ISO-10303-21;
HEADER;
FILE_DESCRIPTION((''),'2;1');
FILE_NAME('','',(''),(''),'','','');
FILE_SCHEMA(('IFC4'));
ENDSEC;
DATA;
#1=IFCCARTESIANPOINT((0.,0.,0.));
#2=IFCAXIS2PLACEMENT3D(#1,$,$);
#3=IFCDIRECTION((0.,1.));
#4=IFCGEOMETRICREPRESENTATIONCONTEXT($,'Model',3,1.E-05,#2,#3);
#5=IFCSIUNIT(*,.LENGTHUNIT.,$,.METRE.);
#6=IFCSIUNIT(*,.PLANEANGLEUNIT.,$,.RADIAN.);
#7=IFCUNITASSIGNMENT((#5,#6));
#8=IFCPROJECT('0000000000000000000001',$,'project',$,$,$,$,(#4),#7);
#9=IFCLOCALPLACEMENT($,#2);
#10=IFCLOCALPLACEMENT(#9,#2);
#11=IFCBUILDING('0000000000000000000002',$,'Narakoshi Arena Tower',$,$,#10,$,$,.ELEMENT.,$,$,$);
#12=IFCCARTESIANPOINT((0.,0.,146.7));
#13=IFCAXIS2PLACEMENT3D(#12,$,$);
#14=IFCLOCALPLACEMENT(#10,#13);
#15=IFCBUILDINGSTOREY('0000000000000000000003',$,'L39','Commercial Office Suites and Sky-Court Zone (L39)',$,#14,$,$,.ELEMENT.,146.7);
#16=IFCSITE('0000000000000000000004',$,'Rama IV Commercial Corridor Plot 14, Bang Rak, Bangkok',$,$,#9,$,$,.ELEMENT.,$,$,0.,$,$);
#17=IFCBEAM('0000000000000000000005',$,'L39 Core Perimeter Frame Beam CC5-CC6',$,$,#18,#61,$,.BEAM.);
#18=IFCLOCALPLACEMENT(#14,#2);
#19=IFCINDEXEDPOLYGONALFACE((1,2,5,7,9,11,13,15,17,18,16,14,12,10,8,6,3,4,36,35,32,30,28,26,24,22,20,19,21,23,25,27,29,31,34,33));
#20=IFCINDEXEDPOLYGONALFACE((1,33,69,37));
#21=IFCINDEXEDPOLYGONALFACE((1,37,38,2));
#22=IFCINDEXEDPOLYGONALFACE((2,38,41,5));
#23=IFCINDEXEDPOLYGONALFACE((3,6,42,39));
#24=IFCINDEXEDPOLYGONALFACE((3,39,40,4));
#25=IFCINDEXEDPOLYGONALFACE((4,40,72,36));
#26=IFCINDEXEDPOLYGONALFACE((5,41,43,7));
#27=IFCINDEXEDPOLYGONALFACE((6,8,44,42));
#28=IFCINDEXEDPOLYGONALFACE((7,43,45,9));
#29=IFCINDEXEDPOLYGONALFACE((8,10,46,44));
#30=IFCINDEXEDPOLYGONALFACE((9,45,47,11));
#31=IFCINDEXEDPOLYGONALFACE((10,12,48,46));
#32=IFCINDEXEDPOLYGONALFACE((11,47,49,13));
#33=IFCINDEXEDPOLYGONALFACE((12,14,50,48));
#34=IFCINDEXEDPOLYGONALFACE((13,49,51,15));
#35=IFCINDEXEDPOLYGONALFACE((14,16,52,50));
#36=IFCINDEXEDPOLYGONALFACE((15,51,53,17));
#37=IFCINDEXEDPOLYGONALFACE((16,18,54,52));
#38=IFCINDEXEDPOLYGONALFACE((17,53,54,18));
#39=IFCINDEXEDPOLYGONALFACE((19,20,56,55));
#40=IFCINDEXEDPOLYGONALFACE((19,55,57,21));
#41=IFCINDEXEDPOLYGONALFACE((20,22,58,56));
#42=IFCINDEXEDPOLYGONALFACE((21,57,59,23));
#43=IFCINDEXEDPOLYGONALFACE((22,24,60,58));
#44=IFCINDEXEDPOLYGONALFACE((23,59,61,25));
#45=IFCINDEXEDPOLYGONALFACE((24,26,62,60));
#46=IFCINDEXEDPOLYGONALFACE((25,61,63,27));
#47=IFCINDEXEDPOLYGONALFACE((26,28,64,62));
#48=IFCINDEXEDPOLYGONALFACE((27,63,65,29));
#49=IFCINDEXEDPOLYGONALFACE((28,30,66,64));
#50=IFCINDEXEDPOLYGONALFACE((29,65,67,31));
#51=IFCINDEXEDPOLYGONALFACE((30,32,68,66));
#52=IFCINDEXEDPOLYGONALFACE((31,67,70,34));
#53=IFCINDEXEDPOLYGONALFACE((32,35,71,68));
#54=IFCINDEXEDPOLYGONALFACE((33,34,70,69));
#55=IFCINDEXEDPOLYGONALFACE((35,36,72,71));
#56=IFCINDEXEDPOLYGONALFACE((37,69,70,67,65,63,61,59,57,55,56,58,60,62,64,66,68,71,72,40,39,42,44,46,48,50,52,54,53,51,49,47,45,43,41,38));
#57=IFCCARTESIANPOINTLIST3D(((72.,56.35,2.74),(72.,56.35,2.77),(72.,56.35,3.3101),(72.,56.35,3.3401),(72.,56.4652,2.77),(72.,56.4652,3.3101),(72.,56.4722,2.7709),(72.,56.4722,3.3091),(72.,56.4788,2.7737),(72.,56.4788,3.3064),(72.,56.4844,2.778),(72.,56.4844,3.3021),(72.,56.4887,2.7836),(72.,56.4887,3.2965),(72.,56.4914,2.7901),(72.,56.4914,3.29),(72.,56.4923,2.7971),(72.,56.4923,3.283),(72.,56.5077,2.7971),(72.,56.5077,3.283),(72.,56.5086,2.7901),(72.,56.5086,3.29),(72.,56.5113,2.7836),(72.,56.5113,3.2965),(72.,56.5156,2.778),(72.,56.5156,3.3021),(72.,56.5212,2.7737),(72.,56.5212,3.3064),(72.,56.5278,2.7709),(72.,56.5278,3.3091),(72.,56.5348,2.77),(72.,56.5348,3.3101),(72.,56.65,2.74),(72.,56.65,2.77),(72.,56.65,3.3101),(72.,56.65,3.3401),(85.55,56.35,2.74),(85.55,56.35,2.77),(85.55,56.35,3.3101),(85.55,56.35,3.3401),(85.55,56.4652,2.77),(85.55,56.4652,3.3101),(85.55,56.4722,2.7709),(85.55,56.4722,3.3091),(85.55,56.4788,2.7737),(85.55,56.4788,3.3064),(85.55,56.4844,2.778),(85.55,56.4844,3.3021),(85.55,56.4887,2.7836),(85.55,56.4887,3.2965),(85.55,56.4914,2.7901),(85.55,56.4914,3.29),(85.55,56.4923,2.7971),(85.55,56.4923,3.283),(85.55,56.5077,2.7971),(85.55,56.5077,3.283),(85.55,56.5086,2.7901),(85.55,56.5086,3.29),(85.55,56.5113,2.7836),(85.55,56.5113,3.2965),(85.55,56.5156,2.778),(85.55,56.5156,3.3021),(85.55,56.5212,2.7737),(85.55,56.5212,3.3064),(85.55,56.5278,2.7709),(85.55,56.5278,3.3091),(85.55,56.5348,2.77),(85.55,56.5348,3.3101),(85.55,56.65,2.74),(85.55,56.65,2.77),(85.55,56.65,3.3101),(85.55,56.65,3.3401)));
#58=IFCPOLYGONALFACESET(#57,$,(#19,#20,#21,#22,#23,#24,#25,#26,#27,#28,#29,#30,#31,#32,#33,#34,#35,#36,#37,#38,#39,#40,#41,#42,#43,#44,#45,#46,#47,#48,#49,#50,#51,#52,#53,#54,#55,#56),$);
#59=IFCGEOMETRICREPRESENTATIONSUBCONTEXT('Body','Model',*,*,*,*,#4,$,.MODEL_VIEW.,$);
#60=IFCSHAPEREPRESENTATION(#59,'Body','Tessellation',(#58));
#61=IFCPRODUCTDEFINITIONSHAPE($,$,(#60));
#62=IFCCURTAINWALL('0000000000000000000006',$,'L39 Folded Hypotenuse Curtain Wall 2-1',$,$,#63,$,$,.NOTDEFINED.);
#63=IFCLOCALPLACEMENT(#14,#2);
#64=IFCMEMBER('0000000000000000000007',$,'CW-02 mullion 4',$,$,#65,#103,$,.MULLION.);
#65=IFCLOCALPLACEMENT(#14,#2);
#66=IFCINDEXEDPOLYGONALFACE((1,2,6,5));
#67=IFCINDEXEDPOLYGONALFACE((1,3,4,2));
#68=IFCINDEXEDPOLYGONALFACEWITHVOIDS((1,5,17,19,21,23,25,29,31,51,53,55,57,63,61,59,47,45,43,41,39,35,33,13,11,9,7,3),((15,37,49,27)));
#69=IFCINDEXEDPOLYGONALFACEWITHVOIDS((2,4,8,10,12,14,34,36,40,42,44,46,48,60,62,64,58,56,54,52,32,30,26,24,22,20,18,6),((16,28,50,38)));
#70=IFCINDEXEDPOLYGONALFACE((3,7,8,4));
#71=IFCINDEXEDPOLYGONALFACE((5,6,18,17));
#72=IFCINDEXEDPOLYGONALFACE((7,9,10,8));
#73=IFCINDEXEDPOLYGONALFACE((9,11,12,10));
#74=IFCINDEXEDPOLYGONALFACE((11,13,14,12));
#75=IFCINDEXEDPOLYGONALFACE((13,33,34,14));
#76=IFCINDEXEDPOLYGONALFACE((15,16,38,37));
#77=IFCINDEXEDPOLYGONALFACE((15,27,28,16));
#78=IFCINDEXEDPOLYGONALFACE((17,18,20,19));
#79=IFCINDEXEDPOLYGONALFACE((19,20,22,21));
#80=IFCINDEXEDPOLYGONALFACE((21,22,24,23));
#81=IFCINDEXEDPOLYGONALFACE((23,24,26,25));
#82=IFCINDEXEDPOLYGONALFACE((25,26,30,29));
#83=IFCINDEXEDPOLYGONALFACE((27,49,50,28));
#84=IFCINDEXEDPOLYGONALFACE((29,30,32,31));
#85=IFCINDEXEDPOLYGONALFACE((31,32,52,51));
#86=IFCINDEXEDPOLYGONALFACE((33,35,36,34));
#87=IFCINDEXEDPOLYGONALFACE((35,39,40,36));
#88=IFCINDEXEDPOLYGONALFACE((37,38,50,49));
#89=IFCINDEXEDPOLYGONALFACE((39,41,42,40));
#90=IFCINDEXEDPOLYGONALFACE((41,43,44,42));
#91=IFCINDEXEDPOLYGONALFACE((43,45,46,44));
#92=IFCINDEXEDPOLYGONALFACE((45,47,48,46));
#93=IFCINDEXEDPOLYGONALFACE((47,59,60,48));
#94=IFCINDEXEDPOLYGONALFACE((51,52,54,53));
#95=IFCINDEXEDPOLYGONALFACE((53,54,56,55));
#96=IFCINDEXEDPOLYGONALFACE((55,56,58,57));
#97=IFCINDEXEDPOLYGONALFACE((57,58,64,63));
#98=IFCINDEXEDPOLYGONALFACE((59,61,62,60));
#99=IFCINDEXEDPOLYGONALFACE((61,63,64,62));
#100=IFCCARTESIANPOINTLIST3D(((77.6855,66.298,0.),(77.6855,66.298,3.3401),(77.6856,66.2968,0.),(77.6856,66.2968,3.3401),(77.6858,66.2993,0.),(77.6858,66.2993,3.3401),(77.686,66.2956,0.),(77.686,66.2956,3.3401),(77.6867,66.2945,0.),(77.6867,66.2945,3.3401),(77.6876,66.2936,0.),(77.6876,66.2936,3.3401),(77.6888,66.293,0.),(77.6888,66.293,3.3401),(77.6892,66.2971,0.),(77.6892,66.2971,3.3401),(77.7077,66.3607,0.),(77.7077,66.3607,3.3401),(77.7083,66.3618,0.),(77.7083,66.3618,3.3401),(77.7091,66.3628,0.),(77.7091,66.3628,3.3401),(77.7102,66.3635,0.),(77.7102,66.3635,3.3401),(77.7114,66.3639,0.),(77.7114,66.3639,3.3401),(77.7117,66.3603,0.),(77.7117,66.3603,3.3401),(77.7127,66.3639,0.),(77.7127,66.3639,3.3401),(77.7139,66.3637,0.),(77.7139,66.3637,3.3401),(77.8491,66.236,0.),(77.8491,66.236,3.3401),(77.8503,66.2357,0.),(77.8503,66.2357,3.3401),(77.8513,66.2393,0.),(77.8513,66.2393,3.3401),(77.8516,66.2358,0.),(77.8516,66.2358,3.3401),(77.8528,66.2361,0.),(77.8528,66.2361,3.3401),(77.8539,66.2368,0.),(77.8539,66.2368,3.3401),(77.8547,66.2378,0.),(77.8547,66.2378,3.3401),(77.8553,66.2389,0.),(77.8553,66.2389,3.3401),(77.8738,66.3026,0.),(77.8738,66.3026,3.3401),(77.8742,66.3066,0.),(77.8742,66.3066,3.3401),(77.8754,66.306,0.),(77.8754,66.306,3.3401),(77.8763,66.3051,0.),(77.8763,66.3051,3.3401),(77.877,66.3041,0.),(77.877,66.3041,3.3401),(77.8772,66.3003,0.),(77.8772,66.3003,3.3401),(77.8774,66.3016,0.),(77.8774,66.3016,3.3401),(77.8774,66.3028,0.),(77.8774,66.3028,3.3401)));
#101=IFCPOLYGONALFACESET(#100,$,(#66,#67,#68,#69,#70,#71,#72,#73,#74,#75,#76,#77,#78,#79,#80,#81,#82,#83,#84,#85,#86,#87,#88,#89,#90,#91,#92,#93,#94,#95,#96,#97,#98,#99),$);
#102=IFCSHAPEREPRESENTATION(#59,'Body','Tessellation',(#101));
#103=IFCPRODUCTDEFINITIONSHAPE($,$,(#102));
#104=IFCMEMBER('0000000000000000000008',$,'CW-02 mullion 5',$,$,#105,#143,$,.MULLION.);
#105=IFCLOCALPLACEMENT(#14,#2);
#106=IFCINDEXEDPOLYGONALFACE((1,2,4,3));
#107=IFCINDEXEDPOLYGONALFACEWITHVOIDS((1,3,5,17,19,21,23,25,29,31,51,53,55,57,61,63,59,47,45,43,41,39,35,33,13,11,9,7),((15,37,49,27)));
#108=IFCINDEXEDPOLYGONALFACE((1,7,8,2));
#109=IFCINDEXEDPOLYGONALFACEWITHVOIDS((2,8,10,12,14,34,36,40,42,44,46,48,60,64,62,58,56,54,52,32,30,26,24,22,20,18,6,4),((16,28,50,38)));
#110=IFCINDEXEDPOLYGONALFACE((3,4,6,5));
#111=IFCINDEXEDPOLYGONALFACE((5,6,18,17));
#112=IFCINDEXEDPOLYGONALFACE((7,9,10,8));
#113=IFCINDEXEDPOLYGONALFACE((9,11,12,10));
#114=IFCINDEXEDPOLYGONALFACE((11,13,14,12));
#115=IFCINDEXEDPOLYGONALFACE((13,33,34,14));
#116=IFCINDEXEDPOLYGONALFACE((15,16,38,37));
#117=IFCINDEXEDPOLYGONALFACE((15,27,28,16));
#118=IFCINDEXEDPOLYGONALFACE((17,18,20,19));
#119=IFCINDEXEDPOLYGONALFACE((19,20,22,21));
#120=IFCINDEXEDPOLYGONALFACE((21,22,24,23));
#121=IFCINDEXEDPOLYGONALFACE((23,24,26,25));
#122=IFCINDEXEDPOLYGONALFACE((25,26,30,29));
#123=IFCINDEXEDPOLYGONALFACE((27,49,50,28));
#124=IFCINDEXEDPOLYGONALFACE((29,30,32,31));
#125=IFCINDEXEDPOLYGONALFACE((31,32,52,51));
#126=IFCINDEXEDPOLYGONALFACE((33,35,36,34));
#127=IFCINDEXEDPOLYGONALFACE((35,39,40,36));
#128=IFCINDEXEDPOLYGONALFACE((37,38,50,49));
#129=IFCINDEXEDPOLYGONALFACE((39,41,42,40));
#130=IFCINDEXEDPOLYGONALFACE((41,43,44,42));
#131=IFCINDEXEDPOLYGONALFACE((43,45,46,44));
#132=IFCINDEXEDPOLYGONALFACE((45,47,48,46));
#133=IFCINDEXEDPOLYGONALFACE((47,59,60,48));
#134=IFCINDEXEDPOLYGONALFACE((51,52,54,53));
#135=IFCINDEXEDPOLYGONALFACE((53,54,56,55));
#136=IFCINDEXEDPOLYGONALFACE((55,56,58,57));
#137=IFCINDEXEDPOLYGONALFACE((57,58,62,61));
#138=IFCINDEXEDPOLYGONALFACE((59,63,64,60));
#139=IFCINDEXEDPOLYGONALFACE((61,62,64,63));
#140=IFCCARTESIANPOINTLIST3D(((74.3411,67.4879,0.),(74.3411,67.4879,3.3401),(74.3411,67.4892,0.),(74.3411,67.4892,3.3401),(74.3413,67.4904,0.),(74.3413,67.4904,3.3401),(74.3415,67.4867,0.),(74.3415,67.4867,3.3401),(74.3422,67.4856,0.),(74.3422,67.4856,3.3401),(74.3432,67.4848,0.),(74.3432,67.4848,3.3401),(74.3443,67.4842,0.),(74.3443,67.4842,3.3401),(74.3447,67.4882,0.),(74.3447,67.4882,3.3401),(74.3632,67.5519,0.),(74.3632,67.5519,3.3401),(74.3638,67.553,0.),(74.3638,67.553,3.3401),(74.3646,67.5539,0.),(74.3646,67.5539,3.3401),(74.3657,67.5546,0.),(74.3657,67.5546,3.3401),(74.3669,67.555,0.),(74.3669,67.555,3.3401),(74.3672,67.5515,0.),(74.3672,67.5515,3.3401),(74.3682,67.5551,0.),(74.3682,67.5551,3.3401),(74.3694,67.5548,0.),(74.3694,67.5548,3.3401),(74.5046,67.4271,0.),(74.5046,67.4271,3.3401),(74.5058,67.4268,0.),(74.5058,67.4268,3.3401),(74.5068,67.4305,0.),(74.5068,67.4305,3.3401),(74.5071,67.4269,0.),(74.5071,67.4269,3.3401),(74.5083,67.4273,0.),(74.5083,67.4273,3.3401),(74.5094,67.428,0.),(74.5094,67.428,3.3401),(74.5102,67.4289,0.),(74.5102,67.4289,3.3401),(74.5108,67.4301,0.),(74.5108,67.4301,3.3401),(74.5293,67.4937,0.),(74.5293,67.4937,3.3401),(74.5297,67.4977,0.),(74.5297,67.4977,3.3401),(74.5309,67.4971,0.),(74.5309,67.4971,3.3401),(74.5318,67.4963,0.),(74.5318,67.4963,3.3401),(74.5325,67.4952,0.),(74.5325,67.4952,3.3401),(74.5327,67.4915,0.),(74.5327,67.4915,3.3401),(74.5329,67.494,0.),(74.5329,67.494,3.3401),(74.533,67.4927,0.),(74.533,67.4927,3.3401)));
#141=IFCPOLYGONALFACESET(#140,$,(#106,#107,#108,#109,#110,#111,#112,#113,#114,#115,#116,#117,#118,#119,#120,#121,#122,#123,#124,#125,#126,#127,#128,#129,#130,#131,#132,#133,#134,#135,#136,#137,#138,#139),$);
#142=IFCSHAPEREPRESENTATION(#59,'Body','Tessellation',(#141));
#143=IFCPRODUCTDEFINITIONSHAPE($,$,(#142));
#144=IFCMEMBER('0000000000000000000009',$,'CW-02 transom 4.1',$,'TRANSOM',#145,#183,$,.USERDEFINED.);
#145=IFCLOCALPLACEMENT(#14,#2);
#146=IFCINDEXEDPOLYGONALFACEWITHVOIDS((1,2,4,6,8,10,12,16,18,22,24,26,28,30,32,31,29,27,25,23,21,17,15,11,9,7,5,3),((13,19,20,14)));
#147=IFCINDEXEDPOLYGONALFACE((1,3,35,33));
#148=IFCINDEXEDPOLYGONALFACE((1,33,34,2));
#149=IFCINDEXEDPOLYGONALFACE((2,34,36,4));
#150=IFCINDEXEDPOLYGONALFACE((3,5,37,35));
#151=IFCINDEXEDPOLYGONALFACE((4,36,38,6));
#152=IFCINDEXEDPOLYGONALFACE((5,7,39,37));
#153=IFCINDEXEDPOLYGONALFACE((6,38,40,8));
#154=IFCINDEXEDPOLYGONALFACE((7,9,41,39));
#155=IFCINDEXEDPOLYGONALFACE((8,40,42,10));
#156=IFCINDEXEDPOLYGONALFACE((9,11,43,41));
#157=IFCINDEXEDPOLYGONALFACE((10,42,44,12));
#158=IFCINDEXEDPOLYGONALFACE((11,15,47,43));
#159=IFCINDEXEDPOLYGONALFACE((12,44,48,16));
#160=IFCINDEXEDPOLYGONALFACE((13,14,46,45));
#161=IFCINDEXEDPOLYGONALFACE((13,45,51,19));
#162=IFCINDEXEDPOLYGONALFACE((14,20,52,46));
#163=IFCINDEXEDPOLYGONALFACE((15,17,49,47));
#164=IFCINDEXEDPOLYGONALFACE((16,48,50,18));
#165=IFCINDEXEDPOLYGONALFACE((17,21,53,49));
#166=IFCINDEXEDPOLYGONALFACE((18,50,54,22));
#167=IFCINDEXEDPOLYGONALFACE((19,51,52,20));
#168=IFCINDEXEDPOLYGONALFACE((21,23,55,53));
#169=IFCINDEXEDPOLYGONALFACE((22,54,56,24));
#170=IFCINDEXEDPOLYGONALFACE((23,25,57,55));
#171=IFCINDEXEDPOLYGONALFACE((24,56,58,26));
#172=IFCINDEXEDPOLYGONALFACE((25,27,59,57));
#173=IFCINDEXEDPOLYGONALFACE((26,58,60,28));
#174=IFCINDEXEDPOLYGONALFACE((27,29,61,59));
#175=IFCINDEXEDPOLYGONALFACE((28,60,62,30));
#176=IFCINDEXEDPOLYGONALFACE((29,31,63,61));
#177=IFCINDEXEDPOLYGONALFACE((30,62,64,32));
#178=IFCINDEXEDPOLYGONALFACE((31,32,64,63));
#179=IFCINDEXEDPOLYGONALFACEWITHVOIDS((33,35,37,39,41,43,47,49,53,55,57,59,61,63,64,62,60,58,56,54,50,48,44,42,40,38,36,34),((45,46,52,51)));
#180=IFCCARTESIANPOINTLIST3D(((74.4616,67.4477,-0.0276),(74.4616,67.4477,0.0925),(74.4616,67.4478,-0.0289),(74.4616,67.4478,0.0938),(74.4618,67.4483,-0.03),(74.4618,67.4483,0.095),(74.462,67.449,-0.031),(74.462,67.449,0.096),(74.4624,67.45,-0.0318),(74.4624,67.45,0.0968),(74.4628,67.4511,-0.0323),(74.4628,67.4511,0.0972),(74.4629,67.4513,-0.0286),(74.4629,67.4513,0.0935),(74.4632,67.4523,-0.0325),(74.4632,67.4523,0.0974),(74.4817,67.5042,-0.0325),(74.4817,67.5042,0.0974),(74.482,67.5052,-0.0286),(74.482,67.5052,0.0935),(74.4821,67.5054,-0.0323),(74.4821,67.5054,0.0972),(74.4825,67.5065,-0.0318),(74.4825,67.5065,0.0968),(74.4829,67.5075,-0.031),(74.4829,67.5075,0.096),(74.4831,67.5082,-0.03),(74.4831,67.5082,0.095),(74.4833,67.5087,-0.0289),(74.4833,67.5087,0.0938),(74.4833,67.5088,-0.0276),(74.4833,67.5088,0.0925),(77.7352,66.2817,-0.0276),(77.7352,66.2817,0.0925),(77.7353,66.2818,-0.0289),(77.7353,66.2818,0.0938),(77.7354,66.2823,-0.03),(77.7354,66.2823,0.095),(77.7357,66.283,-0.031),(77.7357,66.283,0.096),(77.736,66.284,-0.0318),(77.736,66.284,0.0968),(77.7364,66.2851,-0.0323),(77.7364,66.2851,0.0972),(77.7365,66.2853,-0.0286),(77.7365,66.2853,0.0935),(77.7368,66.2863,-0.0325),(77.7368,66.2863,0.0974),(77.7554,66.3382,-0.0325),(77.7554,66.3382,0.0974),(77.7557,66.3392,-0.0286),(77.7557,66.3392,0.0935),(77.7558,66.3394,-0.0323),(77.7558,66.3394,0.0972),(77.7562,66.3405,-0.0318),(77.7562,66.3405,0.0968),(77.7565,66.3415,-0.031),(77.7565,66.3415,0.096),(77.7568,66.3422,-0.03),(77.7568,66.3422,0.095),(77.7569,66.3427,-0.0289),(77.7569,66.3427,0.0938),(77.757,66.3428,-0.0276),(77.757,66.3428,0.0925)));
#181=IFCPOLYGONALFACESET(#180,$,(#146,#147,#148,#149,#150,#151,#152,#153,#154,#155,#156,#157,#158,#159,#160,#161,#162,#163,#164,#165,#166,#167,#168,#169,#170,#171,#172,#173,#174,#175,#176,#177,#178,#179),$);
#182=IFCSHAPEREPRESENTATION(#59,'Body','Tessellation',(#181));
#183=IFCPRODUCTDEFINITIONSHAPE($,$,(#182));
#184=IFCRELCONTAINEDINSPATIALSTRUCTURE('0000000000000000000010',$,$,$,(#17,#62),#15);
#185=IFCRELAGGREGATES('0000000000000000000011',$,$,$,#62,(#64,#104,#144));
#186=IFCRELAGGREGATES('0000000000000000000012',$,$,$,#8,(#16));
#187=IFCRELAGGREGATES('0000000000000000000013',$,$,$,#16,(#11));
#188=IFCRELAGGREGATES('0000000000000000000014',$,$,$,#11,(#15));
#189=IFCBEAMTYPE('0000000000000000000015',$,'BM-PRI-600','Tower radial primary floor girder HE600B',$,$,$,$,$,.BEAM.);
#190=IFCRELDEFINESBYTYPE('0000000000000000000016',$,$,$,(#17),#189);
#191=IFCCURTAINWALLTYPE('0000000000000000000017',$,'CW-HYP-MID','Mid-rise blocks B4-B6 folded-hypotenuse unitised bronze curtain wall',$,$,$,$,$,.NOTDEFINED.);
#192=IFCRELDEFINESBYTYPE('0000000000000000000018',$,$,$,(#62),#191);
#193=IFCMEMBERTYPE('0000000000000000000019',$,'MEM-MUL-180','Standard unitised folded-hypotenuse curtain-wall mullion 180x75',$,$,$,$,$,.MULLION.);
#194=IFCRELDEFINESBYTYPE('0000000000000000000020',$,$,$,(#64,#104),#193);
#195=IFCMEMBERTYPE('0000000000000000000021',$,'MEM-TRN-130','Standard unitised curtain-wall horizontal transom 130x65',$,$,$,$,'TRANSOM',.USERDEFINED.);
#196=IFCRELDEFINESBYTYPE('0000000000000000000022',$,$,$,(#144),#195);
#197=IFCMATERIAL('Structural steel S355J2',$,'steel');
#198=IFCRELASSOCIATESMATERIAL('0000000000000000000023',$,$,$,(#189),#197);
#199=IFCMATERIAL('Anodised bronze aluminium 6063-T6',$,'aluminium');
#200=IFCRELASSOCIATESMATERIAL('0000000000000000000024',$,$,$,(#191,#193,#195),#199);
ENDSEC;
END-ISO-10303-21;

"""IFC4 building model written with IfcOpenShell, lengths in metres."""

from ifc_helpers import new_model, si_unit, direction, frame, origin, origin_2d, place, context, subcontext, project, spatial, hollow_rectangle, i_section, extrude, material, material_profile, profile_set, type_object, element, aggregate, save


model = new_model("IFC4")

# Units and contexts
model_context = context("Model", 3, precision=1e-05, world=origin(), true_north=direction((0.0, 1.0)))
body_context = subcontext(model_context, "Body", "Model", "MODEL_VIEW")
ifc_project = project(units=[si_unit("LENGTHUNIT", "METRE"), si_unit("PLANEANGLEUNIT", "RADIAN")], contexts=[model_context])

# Site, building, storey
site_placement = place(None, origin())
site = spatial("IfcSite", under=ifc_project, at=site_placement, Name="Rama IV Commercial Corridor Plot 14, Bang Rak, Bangkok", CompositionType="ELEMENT", RefElevation=0.0)
building_placement = place(site_placement, origin())
building = spatial("IfcBuilding", under=site, at=building_placement, Name="Narakoshi Arena Tower", CompositionType="ELEMENT")
storey_placement = place(building_placement, frame((0.0, 0.0, 146.7)))
storey = spatial("IfcBuildingStorey", under=building, at=storey_placement, Name="L39", Description="Commercial Office Suites and Sky-Court Zone (L39)", CompositionType="ELEMENT", Elevation=146.7)

# Beam
ifc_material_1 = material(Name="Structural steel S355J2", Category="steel")
ifc_material_profile_1 = material_profile(ifc_material_1, i_section(OverallWidth=0.3, OverallDepth=0.6001, WebThickness=0.0154, FlangeThickness=0.03, FilletRadius=0.0271, at=origin_2d()), Name="HE600B")
ifc_profile_set_1 = profile_set([ifc_material_profile_1], Name="Structural steel S355J2")
beam_type = type_object("IfcBeamType", Name="BM-PRI-600", Description="Tower radial primary floor girder HE600B", PredefinedType="BEAM", material=ifc_profile_set_1)
beam_placement = place(storey_placement, frame((72.0, 56.5, 3.04), z_axis=(1.0, 0.0, 0.0), x_axis=(0.0, 1.0, 0.0)))
element("IfcBeam", 1, at=beam_placement, inside=storey, type_object=beam_type, Name="L39 Core Perimeter Frame Beam CC5-CC6", PredefinedType="BEAM", context=body_context, shape_type="SweptSolid", body=[
    extrude(i_section(OverallWidth=0.3, OverallDepth=0.6001, WebThickness=0.0154, FlangeThickness=0.03, FilletRadius=0.0271, at=origin_2d()), origin(), (0.0, 0.0, 1.0), 13.55),
])

# Curtain wall, members
ifc_material_2 = material(Name="Anodised bronze aluminium 6063-T6", Category="aluminium")
curtain_wall_type = type_object("IfcCurtainWallType", Name="CW-HYP-MID", Description="Mid-rise blocks B4-B6 folded-hypotenuse unitised bronze curtain wall", PredefinedType="NOTDEFINED", material=ifc_material_2)
curtain_wall_placement = place(storey_placement, origin())
curtain_wall = element("IfcCurtainWall", 2, at=curtain_wall_placement, inside=storey, type_object=curtain_wall_type, Name="L39 Folded Hypotenuse Curtain Wall 2-1", PredefinedType="NOTDEFINED")
ifc_material_profile_2 = material_profile(ifc_material_2, hollow_rectangle(XDim=0.075, YDim=0.1799, WallThickness=0.0039, OuterFilletRadius=0.0049, at=origin_2d()), Name="MUL180x75x4")
ifc_profile_set_2 = profile_set([ifc_material_profile_2], Name="Anodised bronze aluminium 6063-T6")
member_type_1 = type_object("IfcMemberType", Name="MEM-MUL-180", Description="Standard unitised folded-hypotenuse curtain-wall mullion 180x75", PredefinedType="MULLION", material=ifc_profile_set_2)
member_1_placement = place(storey_placement, frame((77.7815, 66.2998, 0.0), z_axis=(0.0, 0.0, 1.0), x_axis=(-0.335518, -0.942034, 0.0)))
member_1 = element("IfcMember", 3, at=member_1_placement, type_object=member_type_1, Name="CW-02 mullion 4", PredefinedType="MULLION", context=body_context, shape_type="SweptSolid", body=[
    extrude(hollow_rectangle(XDim=0.075, YDim=0.1799, WallThickness=0.0039, OuterFilletRadius=0.0049, at=origin_2d()), origin(), (0.0, 0.0, 1.0), 3.3401),
])
member_2_placement = place(storey_placement, frame((74.437, 67.491, 0.0), z_axis=(0.0, 0.0, 1.0), x_axis=(-0.335518, -0.942034, 0.0)))
member_2 = element("IfcMember", 4, at=member_2_placement, type_object=member_type_1, Name="CW-02 mullion 5", PredefinedType="MULLION", context=body_context, shape_type="SweptSolid", body=[
    extrude(hollow_rectangle(XDim=0.075, YDim=0.1799, WallThickness=0.0039, OuterFilletRadius=0.0049, at=origin_2d()), origin(), (0.0, 0.0, 1.0), 3.3401),
])
ifc_material_profile_3 = material_profile(ifc_material_2, hollow_rectangle(XDim=0.0649, YDim=0.1299, WallThickness=0.0039, OuterFilletRadius=0.0049, at=origin_2d()), Name="TRN130x65x4")
ifc_profile_set_3 = profile_set([ifc_material_profile_3], Name="Anodised bronze aluminium 6063-T6")
member_type_2 = type_object("IfcMemberType", Name="MEM-TRN-130", Description="Standard unitised curtain-wall horizontal transom 130x65", ElementType="TRANSOM", PredefinedType="USERDEFINED", material=ifc_profile_set_3)
member_3_placement = place(storey_placement, frame((77.7461, 66.3123, 0.0325), z_axis=(-0.942029, 0.335531, 0.0), x_axis=(-0.335531, -0.942029, 0.0)))
member_3 = element("IfcMember", 5, at=member_3_placement, type_object=member_type_2, Name="CW-02 transom 4.1", ObjectType="TRANSOM", PredefinedType="USERDEFINED", context=body_context, shape_type="SweptSolid", body=[
    extrude(hollow_rectangle(XDim=0.0649, YDim=0.1299, WallThickness=0.0039, OuterFilletRadius=0.0049, at=origin_2d()), origin(), (0.0, 0.0, 1.0), 3.4751),
])
aggregate(curtain_wall, [member_1, member_2, member_3])

save(model, "model.ifc")
